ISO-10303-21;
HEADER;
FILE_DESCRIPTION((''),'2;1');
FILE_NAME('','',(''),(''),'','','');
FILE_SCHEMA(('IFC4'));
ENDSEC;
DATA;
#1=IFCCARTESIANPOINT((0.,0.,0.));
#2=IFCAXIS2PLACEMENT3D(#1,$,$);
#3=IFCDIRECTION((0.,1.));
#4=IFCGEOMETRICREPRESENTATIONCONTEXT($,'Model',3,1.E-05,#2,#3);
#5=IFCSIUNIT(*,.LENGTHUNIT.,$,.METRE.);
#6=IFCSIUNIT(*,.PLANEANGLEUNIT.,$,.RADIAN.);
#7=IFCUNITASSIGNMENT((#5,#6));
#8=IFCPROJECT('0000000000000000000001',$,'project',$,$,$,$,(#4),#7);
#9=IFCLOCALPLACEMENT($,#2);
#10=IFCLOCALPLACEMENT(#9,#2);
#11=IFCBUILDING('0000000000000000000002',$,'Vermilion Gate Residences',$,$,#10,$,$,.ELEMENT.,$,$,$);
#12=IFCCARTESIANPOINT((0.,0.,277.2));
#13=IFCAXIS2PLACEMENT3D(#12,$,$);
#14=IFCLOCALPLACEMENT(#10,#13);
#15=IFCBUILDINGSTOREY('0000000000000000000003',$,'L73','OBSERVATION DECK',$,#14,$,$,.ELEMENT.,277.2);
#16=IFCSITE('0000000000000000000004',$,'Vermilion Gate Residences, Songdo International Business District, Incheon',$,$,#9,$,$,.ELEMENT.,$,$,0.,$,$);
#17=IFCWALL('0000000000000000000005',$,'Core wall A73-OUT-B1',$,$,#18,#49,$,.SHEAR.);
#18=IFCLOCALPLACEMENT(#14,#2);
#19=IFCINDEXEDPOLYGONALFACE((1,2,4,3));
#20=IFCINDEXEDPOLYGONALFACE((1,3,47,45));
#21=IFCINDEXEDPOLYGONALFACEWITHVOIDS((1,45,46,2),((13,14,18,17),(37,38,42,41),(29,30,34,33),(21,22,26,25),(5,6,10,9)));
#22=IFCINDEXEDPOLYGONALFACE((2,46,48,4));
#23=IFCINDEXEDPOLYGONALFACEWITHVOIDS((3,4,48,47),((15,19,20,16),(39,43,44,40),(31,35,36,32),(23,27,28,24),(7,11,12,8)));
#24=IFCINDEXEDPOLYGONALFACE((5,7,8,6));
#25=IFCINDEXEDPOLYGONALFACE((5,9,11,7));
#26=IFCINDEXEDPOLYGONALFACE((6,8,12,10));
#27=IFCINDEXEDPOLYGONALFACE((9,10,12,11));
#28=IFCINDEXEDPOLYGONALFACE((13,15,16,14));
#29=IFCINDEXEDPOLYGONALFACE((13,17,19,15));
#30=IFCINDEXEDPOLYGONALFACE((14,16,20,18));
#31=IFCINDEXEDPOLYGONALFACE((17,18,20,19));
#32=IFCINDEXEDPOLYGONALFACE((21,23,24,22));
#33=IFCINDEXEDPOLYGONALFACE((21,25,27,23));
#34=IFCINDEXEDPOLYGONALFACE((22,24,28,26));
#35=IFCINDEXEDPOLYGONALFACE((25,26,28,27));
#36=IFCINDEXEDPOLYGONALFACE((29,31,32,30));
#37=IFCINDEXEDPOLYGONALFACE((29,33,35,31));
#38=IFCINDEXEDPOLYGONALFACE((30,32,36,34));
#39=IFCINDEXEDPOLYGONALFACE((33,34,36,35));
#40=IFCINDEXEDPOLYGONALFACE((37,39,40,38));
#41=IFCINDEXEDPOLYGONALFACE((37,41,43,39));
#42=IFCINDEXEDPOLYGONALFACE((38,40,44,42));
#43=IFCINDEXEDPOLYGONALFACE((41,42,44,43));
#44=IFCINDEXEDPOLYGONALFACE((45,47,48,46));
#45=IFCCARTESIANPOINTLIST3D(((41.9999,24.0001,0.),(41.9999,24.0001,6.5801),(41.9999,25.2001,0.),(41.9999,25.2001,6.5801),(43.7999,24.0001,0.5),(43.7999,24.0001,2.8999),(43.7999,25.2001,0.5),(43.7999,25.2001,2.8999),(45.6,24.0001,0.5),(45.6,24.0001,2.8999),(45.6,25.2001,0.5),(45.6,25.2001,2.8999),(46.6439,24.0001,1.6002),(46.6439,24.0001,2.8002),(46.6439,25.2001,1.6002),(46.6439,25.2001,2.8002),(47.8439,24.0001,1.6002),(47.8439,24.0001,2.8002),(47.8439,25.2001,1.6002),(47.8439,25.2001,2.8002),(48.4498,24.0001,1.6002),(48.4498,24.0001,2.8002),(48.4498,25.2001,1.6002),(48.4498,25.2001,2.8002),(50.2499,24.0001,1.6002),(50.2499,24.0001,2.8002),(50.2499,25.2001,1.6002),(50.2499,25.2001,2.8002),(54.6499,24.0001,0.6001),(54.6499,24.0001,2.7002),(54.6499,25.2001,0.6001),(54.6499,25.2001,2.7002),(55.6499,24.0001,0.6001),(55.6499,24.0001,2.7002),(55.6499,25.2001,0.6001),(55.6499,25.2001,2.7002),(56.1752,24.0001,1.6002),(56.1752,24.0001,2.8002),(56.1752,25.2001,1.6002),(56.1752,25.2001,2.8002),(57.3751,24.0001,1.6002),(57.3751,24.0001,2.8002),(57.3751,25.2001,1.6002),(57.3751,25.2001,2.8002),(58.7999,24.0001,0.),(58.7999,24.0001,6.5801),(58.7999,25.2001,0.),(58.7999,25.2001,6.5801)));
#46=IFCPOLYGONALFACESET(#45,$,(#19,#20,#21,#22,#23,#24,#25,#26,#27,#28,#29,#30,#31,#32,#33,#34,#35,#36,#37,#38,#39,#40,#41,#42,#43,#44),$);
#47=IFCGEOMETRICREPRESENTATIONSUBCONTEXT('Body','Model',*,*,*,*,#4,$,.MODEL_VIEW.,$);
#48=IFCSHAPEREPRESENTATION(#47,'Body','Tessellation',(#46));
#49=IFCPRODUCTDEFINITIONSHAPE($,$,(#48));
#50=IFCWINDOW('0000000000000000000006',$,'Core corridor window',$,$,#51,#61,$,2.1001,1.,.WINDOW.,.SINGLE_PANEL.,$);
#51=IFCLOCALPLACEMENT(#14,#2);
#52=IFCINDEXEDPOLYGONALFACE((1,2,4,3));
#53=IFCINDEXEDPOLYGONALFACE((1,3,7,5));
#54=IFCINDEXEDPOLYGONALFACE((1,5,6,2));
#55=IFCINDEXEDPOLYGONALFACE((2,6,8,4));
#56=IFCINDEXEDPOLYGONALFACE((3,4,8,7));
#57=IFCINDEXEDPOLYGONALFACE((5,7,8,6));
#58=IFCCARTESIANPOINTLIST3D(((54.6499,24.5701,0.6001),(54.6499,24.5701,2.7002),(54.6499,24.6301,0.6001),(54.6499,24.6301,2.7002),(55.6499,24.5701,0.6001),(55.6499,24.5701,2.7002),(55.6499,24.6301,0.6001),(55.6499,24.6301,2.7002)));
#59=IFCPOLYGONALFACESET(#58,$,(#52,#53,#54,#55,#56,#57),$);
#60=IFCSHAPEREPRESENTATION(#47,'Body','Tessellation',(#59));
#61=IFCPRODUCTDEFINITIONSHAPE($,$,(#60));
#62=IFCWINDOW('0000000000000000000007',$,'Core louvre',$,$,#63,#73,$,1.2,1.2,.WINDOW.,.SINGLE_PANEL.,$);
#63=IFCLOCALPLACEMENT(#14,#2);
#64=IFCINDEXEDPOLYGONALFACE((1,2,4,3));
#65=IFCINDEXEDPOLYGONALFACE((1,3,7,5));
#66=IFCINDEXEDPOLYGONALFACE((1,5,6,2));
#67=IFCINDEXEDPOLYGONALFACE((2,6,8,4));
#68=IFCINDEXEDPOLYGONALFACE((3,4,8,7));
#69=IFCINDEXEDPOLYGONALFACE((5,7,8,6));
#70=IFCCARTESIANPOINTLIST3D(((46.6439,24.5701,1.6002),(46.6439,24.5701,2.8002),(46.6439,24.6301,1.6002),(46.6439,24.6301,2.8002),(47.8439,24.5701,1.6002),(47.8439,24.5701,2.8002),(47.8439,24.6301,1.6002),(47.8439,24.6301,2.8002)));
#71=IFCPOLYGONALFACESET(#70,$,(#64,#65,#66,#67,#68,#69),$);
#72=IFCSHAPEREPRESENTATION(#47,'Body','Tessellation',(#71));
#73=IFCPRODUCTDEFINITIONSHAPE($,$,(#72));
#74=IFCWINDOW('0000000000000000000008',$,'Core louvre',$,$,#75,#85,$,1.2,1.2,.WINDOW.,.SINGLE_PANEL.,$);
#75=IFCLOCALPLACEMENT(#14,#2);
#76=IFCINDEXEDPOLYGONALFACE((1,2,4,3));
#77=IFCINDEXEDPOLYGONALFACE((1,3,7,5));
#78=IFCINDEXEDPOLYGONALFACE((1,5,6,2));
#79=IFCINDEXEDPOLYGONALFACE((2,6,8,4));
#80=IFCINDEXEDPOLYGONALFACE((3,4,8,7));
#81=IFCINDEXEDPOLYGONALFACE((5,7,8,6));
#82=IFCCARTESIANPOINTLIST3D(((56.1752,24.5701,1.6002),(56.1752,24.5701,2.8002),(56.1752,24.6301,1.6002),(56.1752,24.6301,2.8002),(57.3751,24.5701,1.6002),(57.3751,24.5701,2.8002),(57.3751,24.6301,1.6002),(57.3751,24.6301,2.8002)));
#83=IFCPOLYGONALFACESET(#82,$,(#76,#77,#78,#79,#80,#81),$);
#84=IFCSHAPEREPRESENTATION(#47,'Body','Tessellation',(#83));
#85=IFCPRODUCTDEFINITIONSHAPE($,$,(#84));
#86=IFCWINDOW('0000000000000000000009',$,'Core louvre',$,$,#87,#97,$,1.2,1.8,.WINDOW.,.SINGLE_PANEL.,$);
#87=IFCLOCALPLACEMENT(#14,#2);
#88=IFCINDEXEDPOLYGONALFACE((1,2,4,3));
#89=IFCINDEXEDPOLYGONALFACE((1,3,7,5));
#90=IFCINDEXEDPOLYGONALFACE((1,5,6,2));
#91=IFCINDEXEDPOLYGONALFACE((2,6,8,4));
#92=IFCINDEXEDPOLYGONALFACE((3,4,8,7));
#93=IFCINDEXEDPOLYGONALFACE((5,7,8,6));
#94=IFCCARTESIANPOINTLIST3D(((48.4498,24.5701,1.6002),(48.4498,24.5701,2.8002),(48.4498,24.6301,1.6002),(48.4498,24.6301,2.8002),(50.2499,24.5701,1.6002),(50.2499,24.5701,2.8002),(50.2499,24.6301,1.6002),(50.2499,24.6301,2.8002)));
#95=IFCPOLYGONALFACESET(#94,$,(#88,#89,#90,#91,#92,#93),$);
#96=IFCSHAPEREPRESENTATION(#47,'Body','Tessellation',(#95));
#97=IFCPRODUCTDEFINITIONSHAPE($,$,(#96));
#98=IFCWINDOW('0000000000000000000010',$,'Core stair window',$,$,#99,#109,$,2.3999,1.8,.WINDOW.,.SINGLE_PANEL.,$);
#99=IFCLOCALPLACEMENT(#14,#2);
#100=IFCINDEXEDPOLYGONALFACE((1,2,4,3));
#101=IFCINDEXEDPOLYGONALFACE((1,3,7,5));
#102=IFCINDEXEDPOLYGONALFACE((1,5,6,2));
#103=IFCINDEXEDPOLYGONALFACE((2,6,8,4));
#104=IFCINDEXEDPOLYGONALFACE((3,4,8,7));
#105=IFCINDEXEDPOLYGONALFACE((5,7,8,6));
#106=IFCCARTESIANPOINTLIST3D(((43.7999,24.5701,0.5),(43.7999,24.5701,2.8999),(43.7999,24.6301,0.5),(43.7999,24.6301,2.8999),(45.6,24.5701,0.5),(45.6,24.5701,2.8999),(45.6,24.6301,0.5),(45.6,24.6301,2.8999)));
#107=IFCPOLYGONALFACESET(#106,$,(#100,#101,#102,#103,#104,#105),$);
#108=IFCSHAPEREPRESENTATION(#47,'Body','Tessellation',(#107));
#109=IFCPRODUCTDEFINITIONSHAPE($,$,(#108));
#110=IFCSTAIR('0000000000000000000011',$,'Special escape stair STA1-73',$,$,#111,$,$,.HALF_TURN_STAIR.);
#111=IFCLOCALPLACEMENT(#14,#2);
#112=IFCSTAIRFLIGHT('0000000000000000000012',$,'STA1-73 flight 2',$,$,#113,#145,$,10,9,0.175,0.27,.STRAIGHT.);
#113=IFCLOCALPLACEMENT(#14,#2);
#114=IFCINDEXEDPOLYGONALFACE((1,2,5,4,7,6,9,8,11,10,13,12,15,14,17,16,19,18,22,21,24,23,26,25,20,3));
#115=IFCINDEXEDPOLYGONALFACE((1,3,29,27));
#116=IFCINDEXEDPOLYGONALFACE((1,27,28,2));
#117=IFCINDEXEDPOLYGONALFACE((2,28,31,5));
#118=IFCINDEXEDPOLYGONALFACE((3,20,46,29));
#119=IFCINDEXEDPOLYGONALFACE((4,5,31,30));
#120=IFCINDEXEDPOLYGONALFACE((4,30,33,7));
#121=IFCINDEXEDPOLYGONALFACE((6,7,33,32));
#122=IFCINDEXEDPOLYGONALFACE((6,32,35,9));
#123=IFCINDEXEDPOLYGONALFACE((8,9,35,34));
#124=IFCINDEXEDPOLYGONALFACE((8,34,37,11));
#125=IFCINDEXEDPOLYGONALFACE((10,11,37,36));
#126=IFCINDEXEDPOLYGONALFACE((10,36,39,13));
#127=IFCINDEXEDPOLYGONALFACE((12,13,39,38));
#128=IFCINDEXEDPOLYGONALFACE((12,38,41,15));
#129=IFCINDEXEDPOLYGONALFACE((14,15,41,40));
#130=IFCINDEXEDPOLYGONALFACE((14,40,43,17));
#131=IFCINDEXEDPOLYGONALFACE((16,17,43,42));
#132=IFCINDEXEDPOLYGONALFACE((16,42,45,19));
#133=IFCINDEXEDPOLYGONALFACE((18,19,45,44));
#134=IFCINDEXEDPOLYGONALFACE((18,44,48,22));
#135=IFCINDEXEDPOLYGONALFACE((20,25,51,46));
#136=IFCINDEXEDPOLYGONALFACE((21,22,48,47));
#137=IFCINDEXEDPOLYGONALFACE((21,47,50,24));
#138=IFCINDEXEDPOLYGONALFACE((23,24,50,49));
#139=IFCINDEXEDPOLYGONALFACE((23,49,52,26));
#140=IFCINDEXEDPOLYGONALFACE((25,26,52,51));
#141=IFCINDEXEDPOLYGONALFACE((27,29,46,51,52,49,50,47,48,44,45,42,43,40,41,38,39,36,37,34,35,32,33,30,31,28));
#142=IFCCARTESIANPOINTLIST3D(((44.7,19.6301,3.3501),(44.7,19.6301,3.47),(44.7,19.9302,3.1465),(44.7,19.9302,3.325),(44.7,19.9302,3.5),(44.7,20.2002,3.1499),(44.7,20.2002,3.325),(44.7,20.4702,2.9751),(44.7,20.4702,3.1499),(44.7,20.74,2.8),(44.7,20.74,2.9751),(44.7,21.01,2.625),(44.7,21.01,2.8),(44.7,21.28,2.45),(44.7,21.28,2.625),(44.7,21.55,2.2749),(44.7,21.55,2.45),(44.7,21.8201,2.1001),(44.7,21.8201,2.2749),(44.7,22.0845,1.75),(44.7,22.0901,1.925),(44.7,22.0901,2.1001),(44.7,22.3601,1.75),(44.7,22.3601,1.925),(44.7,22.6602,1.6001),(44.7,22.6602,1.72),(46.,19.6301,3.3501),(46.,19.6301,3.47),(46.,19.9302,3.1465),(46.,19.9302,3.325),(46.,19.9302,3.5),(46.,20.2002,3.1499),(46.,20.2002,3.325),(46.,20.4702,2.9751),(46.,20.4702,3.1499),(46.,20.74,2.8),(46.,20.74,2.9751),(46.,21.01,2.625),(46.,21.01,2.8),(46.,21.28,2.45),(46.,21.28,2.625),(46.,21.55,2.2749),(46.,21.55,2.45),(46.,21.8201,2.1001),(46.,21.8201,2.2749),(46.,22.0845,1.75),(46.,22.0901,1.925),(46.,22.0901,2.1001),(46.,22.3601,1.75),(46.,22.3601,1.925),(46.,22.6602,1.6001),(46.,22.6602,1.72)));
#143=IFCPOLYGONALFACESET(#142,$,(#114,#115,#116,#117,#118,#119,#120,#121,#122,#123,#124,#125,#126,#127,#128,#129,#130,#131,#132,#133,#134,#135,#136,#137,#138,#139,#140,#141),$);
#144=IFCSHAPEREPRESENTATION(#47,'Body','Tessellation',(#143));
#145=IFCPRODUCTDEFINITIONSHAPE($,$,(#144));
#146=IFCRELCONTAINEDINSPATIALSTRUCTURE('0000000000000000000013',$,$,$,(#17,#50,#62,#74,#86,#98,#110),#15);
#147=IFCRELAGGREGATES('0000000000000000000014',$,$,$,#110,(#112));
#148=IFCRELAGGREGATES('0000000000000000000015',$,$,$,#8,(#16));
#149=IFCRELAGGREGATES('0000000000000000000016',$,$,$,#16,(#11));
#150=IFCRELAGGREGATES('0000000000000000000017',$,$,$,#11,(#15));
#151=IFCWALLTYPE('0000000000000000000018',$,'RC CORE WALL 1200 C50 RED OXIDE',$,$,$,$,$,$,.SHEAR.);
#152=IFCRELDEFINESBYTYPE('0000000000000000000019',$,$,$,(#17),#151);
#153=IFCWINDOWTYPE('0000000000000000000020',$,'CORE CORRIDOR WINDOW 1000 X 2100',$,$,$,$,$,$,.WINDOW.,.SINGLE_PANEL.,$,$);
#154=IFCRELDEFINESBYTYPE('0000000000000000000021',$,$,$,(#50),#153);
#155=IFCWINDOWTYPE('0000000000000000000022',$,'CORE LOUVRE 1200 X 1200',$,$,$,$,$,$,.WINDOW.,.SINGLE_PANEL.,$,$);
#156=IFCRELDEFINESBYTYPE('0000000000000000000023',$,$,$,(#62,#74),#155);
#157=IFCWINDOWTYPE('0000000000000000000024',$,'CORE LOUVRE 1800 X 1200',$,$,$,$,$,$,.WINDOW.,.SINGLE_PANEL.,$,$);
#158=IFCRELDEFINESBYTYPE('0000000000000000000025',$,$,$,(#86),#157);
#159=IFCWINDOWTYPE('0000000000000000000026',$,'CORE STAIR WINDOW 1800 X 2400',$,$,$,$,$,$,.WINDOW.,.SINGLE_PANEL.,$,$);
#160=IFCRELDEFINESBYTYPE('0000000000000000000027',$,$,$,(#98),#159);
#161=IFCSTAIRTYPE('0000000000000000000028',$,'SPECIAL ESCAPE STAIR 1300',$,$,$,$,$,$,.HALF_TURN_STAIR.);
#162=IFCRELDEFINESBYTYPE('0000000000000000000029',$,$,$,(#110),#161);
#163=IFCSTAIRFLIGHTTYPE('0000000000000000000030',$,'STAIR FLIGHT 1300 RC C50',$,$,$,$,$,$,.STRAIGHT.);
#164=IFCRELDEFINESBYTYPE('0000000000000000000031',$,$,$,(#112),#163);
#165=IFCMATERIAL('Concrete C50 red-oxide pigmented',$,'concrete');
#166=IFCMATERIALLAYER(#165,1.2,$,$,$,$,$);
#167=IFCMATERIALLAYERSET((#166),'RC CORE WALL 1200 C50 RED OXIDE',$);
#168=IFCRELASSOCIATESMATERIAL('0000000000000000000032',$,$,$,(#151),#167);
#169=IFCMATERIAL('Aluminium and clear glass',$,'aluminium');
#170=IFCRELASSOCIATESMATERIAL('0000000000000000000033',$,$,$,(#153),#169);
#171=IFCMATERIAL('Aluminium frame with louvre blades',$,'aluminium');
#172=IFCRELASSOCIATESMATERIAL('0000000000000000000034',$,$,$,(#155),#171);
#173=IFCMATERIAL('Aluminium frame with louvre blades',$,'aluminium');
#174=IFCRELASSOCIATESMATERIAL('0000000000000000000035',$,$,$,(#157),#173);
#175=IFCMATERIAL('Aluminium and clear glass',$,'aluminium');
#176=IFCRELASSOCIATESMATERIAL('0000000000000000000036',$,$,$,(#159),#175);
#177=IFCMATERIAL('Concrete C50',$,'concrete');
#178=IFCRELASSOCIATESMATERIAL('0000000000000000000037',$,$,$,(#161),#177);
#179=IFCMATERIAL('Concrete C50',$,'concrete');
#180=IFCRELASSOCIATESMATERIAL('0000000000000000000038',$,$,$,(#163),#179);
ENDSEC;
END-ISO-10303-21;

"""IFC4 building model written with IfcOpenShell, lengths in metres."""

from ifc_helpers import new_model, si_unit, direction, frame, frame_2d, origin, place, context, subcontext, project, spatial, polyline, rectangle, outline, extrude, material, layer, layer_set, type_object, element, fill, aggregate, save


model = new_model("IFC4")

# Units and contexts
model_context = context("Model", 3, precision=1e-05, world=origin(), true_north=direction((0.0, 1.0)))
body_context = subcontext(model_context, "Body", "Model", "MODEL_VIEW")
ifc_project = project(units=[si_unit("LENGTHUNIT", "METRE"), si_unit("PLANEANGLEUNIT", "RADIAN")], contexts=[model_context])

# Site, building, storey
site_placement = place(None, origin())
site = spatial("IfcSite", under=ifc_project, at=site_placement, Name="Vermilion Gate Residences, Songdo International Business District, Incheon", CompositionType="ELEMENT", RefElevation=0.0)
building_placement = place(site_placement, origin())
building = spatial("IfcBuilding", under=site, at=building_placement, Name="Vermilion Gate Residences", CompositionType="ELEMENT")
storey_placement = place(building_placement, frame((0.0, 0.0, 277.2)))
storey = spatial("IfcBuildingStorey", under=building, at=storey_placement, Name="L73", Description="OBSERVATION DECK", CompositionType="ELEMENT", Elevation=277.2)

# Wall, openings, windows
ifc_material_1 = material(Name="Concrete C50 red-oxide pigmented", Category="concrete")
ifc_layer_1 = layer(ifc_material_1, 1.2)
ifc_layer_set_1 = layer_set([ifc_layer_1], Name="RC CORE WALL 1200 C50 RED OXIDE")
wall_type_1 = type_object("IfcWallType", Name="RC CORE WALL 1200 C50 RED OXIDE", PredefinedType="SHEAR", material=ifc_layer_set_1)
wall_1_placement = place(storey_placement, frame((42.0, 24.6001, 0.0), z_axis=(0.0, 0.0, 1.0), x_axis=(1.0, 0.0, 0.0)))
wall_1 = element("IfcWall", 1, at=wall_1_placement, inside=storey, type_object=wall_type_1, Name="Core wall A73-OUT-B1", PredefinedType="SHEAR", context=body_context, shape_type="SweptSolid", body=[
    extrude(rectangle(XDim=16.8, YDim=1.2, at=frame_2d((8.3999, 0.0))), origin(), (0.0, 0.0, 1.0), 6.5801),
])
opening_1_placement = place(wall_1_placement, frame((1.8, 0.0, 0.5)))
opening_1 = element("IfcOpeningElement", 2, at=opening_1_placement, cuts=wall_1, PredefinedType="OPENING", context=body_context, shape_type="SweptSolid", body=[
    extrude(rectangle(XDim=1.8, YDim=2.3999, at=frame_2d((0.8999, 1.2))), frame((0.0, 0.6099, 0.0), z_axis=(0.0, -1.0, 0.0), x_axis=(1.0, 0.0, 0.0)), (0.0, 0.0, 1.0), 1.22),
])
opening_2_placement = place(wall_1_placement, frame((4.6438, 0.0, 1.6001)))
opening_2 = element("IfcOpeningElement", 3, at=opening_2_placement, cuts=wall_1, PredefinedType="OPENING", context=body_context, shape_type="SweptSolid", body=[
    extrude(rectangle(XDim=1.2, YDim=1.2, at=frame_2d((0.6001, 0.6001))), frame((0.0, 0.6099, 0.0), z_axis=(0.0, -1.0, 0.0), x_axis=(1.0, 0.0, 0.0)), (0.0, 0.0, 1.0), 1.22),
])
opening_3_placement = place(wall_1_placement, frame((6.45, 0.0, 1.6001)))
opening_3 = element("IfcOpeningElement", 4, at=opening_3_placement, cuts=wall_1, PredefinedType="OPENING", context=body_context, shape_type="SweptSolid", body=[
    extrude(rectangle(XDim=1.8, YDim=1.2, at=frame_2d((0.8999, 0.6001))), frame((0.0, 0.6099, 0.0), z_axis=(0.0, -1.0, 0.0), x_axis=(1.0, 0.0, 0.0)), (0.0, 0.0, 1.0), 1.22),
])
opening_4_placement = place(wall_1_placement, frame((12.6499, 0.0, 0.6001)))
opening_4 = element("IfcOpeningElement", 5, at=opening_4_placement, cuts=wall_1, PredefinedType="OPENING", context=body_context, shape_type="SweptSolid", body=[
    extrude(rectangle(XDim=1.0, YDim=2.1001, at=frame_2d((0.5, 1.05))), frame((0.0, 0.6099, 0.0), z_axis=(0.0, -1.0, 0.0), x_axis=(1.0, 0.0, 0.0)), (0.0, 0.0, 1.0), 1.22),
])
opening_5_placement = place(wall_1_placement, frame((14.175, 0.0, 1.6001)))
opening_5 = element("IfcOpeningElement", 6, at=opening_5_placement, cuts=wall_1, PredefinedType="OPENING", context=body_context, shape_type="SweptSolid", body=[
    extrude(rectangle(XDim=1.2, YDim=1.2, at=frame_2d((0.6001, 0.6001))), frame((0.0, 0.6099, 0.0), z_axis=(0.0, -1.0, 0.0), x_axis=(1.0, 0.0, 0.0)), (0.0, 0.0, 1.0), 1.22),
])
ifc_material_2 = material(Name="Aluminium and clear glass", Category="aluminium")
window_type_1 = type_object("IfcWindowType", Name="CORE CORRIDOR WINDOW 1000 X 2100", PartitioningType="SINGLE_PANEL", PredefinedType="WINDOW", material=ifc_material_2)
window_1_placement = place(opening_4_placement, origin())
window_1 = element("IfcWindow", 7, at=window_1_placement, inside=storey, type_object=window_type_1, Name="Core corridor window", OverallHeight=2.1001, OverallWidth=1.0, PartitioningType="SINGLE_PANEL", PredefinedType="WINDOW", context=body_context, shape_type="SweptSolid", body=[
    extrude(rectangle(XDim=1.0, YDim=2.1001, at=frame_2d((0.5, 1.05))), frame((0.0, 0.03, 0.0), z_axis=(0.0, -1.0, 0.0), x_axis=(1.0, 0.0, 0.0)), (0.0, 0.0, 1.0), 0.0601),
])
fill(opening_4, window_1)
ifc_material_3 = material(Name="Aluminium frame with louvre blades", Category="aluminium")
window_type_2 = type_object("IfcWindowType", Name="CORE LOUVRE 1200 X 1200", PartitioningType="SINGLE_PANEL", PredefinedType="WINDOW", material=ifc_material_3)
window_2_placement = place(opening_2_placement, origin())
window_2 = element("IfcWindow", 8, at=window_2_placement, inside=storey, type_object=window_type_2, Name="Core louvre", OverallHeight=1.2, OverallWidth=1.2, PartitioningType="SINGLE_PANEL", PredefinedType="WINDOW", context=body_context, shape_type="SweptSolid", body=[
    extrude(rectangle(XDim=1.2, YDim=1.2, at=frame_2d((0.6001, 0.6001))), frame((0.0, 0.03, 0.0), z_axis=(0.0, -1.0, 0.0), x_axis=(1.0, 0.0, 0.0)), (0.0, 0.0, 1.0), 0.0601),
])
fill(opening_2, window_2)
window_3_placement = place(opening_5_placement, origin())
window_3 = element("IfcWindow", 9, at=window_3_placement, inside=storey, type_object=window_type_2, Name="Core louvre", OverallHeight=1.2, OverallWidth=1.2, PartitioningType="SINGLE_PANEL", PredefinedType="WINDOW", context=body_context, shape_type="SweptSolid", body=[
    extrude(rectangle(XDim=1.2, YDim=1.2, at=frame_2d((0.6001, 0.6001))), frame((0.0, 0.03, 0.0), z_axis=(0.0, -1.0, 0.0), x_axis=(1.0, 0.0, 0.0)), (0.0, 0.0, 1.0), 0.0601),
])
fill(opening_5, window_3)
ifc_material_4 = material(Name="Aluminium frame with louvre blades", Category="aluminium")
window_type_3 = type_object("IfcWindowType", Name="CORE LOUVRE 1800 X 1200", PartitioningType="SINGLE_PANEL", PredefinedType="WINDOW", material=ifc_material_4)
window_4_placement = place(opening_3_placement, origin())
window_4 = element("IfcWindow", 10, at=window_4_placement, inside=storey, type_object=window_type_3, Name="Core louvre", OverallHeight=1.2, OverallWidth=1.8, PartitioningType="SINGLE_PANEL", PredefinedType="WINDOW", context=body_context, shape_type="SweptSolid", body=[
    extrude(rectangle(XDim=1.8, YDim=1.2, at=frame_2d((0.8999, 0.6001))), frame((0.0, 0.03, 0.0), z_axis=(0.0, -1.0, 0.0), x_axis=(1.0, 0.0, 0.0)), (0.0, 0.0, 1.0), 0.0601),
])
fill(opening_3, window_4)
ifc_material_5 = material(Name="Aluminium and clear glass", Category="aluminium")
window_type_4 = type_object("IfcWindowType", Name="CORE STAIR WINDOW 1800 X 2400", PartitioningType="SINGLE_PANEL", PredefinedType="WINDOW", material=ifc_material_5)
window_5_placement = place(opening_1_placement, origin())
window_5 = element("IfcWindow", 11, at=window_5_placement, inside=storey, type_object=window_type_4, Name="Core stair window", OverallHeight=2.3999, OverallWidth=1.8, PartitioningType="SINGLE_PANEL", PredefinedType="WINDOW", context=body_context, shape_type="SweptSolid", body=[
    extrude(rectangle(XDim=1.8, YDim=2.3999, at=frame_2d((0.8999, 1.2))), frame((0.0, 0.03, 0.0), z_axis=(0.0, -1.0, 0.0), x_axis=(1.0, 0.0, 0.0)), (0.0, 0.0, 1.0), 0.0601),
])
fill(opening_1, window_5)

# Stair, stair flight
ifc_material_6 = material(Name="Concrete C50", Category="concrete")
stair_type = type_object("IfcStairType", Name="SPECIAL ESCAPE STAIR 1300", PredefinedType="HALF_TURN_STAIR", material=ifc_material_6)
stair_placement = place(storey_placement, origin())
stair = element("IfcStair", 12, at=stair_placement, inside=storey, type_object=stair_type, Name="Special escape stair STA1-73", PredefinedType="HALF_TURN_STAIR")
ifc_material_7 = material(Name="Concrete C50", Category="concrete")
stair_flight_type = type_object("IfcStairFlightType", Name="STAIR FLIGHT 1300 RC C50", PredefinedType="STRAIGHT", material=ifc_material_7)
stair_flight_1_placement = place(storey_placement, frame((45.3501, 22.3601, 1.75), z_axis=(0.0, 0.0, 1.0), x_axis=(0.0, -1.0, 0.0)))
stair_flight_1 = element("IfcStairFlight", 13, at=stair_flight_1_placement, type_object=stair_flight_type, Name="STA1-73 flight 2", NumberOfRisers=10, NumberOfTreads=9, PredefinedType="STRAIGHT", RiserHeight=0.175, TreadLength=0.27, context=body_context, shape_type="SweptSolid", body=[
    extrude(outline(polyline([(-0.3, -0.1499), (-0.3, -0.03), (0.0, 0.0), (0.0, 0.175), (0.27, 0.175), (0.27, 0.3501), (0.54, 0.3501), (0.54, 0.5249), (0.8101, 0.5249), (0.8101, 0.7), (1.0801, 0.7), (1.0801, 0.875), (1.3501, 0.875), (1.3501, 1.05), (1.6201, 1.05), (1.6201, 1.2251), (1.8899, 1.2251), (1.8899, 1.3999), (2.1599, 1.3999), (2.1599, 1.575), (2.4299, 1.575), (2.4299, 1.75), (2.73, 1.72), (2.73, 1.6001), (2.4299, 1.3965), (0.2756, 0.0), (-0.3, -0.1499)])), frame((0.0, 0.6499, 0.0), z_axis=(0.0, -1.0, 0.0), x_axis=(1.0, 0.0, 0.0)), (0.0, 0.0, 1.0), 1.3),
])
aggregate(stair, [stair_flight_1])

save(model, "model.ifc")
